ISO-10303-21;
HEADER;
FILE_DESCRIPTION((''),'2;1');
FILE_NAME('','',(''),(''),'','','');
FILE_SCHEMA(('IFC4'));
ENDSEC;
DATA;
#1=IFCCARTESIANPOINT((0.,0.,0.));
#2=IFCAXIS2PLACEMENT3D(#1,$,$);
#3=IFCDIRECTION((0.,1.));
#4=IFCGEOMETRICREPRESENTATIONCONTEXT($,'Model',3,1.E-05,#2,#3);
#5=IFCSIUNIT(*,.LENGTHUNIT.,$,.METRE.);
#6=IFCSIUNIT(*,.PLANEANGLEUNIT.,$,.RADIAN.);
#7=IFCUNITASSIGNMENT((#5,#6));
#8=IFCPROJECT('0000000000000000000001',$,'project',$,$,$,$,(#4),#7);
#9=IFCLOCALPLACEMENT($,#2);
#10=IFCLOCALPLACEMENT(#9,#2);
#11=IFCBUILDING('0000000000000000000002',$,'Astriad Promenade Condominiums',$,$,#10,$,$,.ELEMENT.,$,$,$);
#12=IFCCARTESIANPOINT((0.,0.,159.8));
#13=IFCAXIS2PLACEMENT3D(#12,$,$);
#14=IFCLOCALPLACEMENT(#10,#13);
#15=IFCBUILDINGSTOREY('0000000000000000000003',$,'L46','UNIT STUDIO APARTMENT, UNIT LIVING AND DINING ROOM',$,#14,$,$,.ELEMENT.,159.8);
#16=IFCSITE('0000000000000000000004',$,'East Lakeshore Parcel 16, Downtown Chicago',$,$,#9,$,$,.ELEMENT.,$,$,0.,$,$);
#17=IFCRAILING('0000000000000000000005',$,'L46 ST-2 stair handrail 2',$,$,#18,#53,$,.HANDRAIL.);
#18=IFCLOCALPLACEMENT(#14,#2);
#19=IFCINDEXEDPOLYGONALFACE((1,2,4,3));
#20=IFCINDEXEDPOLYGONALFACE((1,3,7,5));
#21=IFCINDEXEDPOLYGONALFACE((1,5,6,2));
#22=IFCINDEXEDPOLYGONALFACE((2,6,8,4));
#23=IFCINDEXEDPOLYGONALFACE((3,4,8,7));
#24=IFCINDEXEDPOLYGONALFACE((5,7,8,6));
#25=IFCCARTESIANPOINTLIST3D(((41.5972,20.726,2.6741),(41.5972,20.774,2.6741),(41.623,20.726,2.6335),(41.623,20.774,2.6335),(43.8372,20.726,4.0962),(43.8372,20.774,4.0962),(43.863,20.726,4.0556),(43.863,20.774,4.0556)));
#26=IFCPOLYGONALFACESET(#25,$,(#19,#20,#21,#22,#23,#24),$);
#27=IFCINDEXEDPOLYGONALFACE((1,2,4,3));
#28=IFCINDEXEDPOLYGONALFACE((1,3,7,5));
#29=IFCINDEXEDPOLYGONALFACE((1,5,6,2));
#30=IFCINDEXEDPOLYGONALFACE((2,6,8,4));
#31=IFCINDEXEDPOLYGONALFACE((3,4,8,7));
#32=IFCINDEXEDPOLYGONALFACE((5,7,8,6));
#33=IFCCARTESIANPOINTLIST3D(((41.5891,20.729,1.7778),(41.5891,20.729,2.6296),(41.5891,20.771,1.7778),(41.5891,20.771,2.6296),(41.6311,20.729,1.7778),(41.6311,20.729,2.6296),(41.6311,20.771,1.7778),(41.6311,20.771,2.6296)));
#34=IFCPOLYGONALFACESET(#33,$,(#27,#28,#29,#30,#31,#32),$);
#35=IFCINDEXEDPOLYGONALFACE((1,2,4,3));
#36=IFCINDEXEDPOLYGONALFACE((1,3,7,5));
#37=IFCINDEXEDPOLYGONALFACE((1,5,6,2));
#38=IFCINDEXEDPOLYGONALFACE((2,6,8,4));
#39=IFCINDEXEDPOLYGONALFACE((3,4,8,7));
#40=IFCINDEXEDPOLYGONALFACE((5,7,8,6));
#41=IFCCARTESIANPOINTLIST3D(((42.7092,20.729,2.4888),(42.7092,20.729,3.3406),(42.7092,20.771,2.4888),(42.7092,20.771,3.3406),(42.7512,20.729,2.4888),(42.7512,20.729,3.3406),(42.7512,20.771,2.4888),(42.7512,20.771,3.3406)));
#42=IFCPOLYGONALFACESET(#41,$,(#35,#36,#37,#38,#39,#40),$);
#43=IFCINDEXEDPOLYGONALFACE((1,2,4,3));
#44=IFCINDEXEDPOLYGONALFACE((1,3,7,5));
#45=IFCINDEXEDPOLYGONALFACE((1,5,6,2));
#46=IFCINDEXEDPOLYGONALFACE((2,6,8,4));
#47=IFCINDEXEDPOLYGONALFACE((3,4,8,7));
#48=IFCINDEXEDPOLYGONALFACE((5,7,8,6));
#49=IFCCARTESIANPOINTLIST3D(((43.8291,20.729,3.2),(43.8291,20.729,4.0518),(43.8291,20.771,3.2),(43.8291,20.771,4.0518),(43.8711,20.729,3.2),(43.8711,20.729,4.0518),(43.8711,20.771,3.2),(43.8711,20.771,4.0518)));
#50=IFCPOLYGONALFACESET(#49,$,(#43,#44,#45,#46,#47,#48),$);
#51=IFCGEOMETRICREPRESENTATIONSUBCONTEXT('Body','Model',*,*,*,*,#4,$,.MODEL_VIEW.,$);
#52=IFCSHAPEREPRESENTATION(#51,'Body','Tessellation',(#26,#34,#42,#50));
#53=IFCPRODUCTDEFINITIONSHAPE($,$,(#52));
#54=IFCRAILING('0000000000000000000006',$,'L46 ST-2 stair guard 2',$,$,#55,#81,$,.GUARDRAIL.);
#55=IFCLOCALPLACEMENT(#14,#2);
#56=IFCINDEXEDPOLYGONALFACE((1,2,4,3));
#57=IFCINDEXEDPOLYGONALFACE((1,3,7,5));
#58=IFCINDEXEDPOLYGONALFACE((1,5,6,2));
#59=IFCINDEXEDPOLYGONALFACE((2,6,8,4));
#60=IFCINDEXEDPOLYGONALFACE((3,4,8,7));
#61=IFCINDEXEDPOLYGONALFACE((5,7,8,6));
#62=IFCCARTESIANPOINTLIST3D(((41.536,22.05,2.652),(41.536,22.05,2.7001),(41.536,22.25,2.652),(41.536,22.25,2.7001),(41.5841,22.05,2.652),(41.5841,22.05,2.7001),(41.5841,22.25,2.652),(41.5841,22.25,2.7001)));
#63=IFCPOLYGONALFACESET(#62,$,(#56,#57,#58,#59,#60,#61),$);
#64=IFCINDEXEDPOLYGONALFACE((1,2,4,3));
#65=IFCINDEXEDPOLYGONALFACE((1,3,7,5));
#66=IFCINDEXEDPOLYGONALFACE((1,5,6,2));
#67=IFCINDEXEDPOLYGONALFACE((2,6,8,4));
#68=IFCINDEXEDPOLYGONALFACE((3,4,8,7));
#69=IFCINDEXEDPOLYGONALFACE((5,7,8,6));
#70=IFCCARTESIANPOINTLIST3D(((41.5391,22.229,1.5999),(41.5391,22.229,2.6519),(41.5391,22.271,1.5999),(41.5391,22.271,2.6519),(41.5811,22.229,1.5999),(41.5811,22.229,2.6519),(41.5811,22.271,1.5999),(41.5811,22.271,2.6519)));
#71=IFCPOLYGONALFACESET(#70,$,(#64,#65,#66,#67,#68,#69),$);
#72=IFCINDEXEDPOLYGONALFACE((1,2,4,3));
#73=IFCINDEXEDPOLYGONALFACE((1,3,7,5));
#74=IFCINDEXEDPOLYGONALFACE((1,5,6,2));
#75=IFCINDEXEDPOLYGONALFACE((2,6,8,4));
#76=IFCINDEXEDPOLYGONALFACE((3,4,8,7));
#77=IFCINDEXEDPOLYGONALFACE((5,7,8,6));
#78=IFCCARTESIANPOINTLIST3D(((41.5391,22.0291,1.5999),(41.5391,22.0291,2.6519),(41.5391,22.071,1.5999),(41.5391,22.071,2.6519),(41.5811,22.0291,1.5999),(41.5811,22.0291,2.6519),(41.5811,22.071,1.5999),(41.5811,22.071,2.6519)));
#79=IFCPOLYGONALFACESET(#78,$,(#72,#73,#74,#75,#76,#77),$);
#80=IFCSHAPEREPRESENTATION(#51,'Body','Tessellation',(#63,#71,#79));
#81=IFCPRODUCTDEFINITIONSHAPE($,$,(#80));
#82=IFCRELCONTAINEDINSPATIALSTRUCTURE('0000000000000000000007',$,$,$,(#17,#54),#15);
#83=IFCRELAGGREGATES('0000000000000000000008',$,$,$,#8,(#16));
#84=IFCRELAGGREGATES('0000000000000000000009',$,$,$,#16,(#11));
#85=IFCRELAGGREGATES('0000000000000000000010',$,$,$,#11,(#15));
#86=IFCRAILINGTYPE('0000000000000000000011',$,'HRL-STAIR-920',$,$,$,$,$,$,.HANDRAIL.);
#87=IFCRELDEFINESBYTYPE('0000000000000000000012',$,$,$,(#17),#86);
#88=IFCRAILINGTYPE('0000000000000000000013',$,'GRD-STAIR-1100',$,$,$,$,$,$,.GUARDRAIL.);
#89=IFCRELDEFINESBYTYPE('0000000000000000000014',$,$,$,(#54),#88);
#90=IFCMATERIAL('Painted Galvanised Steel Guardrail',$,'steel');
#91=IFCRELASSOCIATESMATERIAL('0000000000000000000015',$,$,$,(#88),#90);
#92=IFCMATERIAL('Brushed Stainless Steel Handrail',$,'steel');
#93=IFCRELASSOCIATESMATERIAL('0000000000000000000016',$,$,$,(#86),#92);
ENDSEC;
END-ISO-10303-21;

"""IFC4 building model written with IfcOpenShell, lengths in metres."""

from ifc_helpers import new_model, si_unit, direction, frame, origin, origin_2d, place, context, subcontext, project, spatial, rectangle, extrude, source, transform, mapped, material, type_object, type_shapes, element, save


model = new_model("IFC4")

# Units and contexts
model_context = context("Model", 3, precision=1e-05, world=origin(), true_north=direction((0.0, 1.0)))
body_context = subcontext(model_context, "Body", "Model", "MODEL_VIEW")
ifc_project = project(units=[si_unit("LENGTHUNIT", "METRE"), si_unit("PLANEANGLEUNIT", "RADIAN")], contexts=[model_context])

# Site, building, storey
site_placement = place(None, origin())
site = spatial("IfcSite", under=ifc_project, at=site_placement, Name="East Lakeshore Parcel 16, Downtown Chicago", CompositionType="ELEMENT", RefElevation=0.0)
building_placement = place(site_placement, origin())
building = spatial("IfcBuilding", under=site, at=building_placement, Name="Astriad Promenade Condominiums", CompositionType="ELEMENT")
storey_placement = place(building_placement, frame((0.0, 0.0, 159.8)))
storey = spatial("IfcBuildingStorey", under=building, at=storey_placement, Name="L46", Description="UNIT STUDIO APARTMENT, UNIT LIVING AND DINING ROOM", CompositionType="ELEMENT", Elevation=159.8)

# Railings
ifc_material_1 = material(Name="Painted Galvanised Steel Guardrail", Category="steel")
railing_type_1 = type_object("IfcRailingType", Name="GRD-STAIR-1100", PredefinedType="GUARDRAIL", material=ifc_material_1)
ifc_material_2 = material(Name="Brushed Stainless Steel Handrail", Category="steel")
railing_type_2 = type_object("IfcRailingType", Name="HRL-STAIR-920", PredefinedType="HANDRAIL", material=ifc_material_2)
shared_shape_1 = source(origin(), body_context, "Body", "SweptSolid", [
    extrude(rectangle(XDim=0.0481, YDim=0.0481, at=origin_2d()), frame((0.0, 0.0, 0.876), z_axis=(0.844229, 0.0, 0.535982), x_axis=(0.0, 1.0, 0.0)), (0.0, 0.0, 1.0), 2.6533),
    extrude(rectangle(XDim=0.042, YDim=0.042, at=origin_2d()), origin(), (0.0, 0.0, 1.0), 0.8518),
    extrude(rectangle(XDim=0.042, YDim=0.042, at=origin_2d()), frame((1.1201, 0.0, 0.7109)), (0.0, 0.0, 1.0), 0.8518),
    extrude(rectangle(XDim=0.042, YDim=0.042, at=origin_2d()), frame((2.24, 0.0, 1.4221)), (0.0, 0.0, 1.0), 0.8518),
])
type_shapes(railing_type_2, [shared_shape_1])
railing_1_placement = place(storey_placement, frame((41.6101, 20.75, 1.7778)))
element("IfcRailing", 1, at=railing_1_placement, inside=storey, type_object=railing_type_2, Name="L46 ST-2 stair handrail 2", PredefinedType="HANDRAIL", context=body_context, shape_type="MappedRepresentation", body=[
    mapped(shared_shape_1, transform((0.0, 0.0, 0.0), scale=1.0)),
])
shared_shape_2 = source(origin(), body_context, "Body", "SweptSolid", [
    extrude(rectangle(XDim=0.0481, YDim=0.0481, at=origin_2d()), frame((0.0, 0.0, 1.0762), z_axis=(0.0, -1.0, 0.0), x_axis=(1.0, 0.0, 0.0)), (0.0, 0.0, 1.0), 0.2),
    extrude(rectangle(XDim=0.042, YDim=0.042, at=origin_2d()), origin(), (0.0, 0.0, 1.0), 1.052),
    extrude(rectangle(XDim=0.042, YDim=0.042, at=origin_2d()), frame((0.0, -0.2, 0.0)), (0.0, 0.0, 1.0), 1.052),
])
railing_2_placement = place(storey_placement, frame((41.5601, 22.25, 1.5999)))
element("IfcRailing", 2, at=railing_2_placement, inside=storey, type_object=railing_type_1, Name="L46 ST-2 stair guard 2", PredefinedType="GUARDRAIL", context=body_context, shape_type="MappedRepresentation", body=[
    mapped(shared_shape_2, transform((0.0, 0.0, 0.0), scale=1.0)),
])

save(model, "model.ifc")
